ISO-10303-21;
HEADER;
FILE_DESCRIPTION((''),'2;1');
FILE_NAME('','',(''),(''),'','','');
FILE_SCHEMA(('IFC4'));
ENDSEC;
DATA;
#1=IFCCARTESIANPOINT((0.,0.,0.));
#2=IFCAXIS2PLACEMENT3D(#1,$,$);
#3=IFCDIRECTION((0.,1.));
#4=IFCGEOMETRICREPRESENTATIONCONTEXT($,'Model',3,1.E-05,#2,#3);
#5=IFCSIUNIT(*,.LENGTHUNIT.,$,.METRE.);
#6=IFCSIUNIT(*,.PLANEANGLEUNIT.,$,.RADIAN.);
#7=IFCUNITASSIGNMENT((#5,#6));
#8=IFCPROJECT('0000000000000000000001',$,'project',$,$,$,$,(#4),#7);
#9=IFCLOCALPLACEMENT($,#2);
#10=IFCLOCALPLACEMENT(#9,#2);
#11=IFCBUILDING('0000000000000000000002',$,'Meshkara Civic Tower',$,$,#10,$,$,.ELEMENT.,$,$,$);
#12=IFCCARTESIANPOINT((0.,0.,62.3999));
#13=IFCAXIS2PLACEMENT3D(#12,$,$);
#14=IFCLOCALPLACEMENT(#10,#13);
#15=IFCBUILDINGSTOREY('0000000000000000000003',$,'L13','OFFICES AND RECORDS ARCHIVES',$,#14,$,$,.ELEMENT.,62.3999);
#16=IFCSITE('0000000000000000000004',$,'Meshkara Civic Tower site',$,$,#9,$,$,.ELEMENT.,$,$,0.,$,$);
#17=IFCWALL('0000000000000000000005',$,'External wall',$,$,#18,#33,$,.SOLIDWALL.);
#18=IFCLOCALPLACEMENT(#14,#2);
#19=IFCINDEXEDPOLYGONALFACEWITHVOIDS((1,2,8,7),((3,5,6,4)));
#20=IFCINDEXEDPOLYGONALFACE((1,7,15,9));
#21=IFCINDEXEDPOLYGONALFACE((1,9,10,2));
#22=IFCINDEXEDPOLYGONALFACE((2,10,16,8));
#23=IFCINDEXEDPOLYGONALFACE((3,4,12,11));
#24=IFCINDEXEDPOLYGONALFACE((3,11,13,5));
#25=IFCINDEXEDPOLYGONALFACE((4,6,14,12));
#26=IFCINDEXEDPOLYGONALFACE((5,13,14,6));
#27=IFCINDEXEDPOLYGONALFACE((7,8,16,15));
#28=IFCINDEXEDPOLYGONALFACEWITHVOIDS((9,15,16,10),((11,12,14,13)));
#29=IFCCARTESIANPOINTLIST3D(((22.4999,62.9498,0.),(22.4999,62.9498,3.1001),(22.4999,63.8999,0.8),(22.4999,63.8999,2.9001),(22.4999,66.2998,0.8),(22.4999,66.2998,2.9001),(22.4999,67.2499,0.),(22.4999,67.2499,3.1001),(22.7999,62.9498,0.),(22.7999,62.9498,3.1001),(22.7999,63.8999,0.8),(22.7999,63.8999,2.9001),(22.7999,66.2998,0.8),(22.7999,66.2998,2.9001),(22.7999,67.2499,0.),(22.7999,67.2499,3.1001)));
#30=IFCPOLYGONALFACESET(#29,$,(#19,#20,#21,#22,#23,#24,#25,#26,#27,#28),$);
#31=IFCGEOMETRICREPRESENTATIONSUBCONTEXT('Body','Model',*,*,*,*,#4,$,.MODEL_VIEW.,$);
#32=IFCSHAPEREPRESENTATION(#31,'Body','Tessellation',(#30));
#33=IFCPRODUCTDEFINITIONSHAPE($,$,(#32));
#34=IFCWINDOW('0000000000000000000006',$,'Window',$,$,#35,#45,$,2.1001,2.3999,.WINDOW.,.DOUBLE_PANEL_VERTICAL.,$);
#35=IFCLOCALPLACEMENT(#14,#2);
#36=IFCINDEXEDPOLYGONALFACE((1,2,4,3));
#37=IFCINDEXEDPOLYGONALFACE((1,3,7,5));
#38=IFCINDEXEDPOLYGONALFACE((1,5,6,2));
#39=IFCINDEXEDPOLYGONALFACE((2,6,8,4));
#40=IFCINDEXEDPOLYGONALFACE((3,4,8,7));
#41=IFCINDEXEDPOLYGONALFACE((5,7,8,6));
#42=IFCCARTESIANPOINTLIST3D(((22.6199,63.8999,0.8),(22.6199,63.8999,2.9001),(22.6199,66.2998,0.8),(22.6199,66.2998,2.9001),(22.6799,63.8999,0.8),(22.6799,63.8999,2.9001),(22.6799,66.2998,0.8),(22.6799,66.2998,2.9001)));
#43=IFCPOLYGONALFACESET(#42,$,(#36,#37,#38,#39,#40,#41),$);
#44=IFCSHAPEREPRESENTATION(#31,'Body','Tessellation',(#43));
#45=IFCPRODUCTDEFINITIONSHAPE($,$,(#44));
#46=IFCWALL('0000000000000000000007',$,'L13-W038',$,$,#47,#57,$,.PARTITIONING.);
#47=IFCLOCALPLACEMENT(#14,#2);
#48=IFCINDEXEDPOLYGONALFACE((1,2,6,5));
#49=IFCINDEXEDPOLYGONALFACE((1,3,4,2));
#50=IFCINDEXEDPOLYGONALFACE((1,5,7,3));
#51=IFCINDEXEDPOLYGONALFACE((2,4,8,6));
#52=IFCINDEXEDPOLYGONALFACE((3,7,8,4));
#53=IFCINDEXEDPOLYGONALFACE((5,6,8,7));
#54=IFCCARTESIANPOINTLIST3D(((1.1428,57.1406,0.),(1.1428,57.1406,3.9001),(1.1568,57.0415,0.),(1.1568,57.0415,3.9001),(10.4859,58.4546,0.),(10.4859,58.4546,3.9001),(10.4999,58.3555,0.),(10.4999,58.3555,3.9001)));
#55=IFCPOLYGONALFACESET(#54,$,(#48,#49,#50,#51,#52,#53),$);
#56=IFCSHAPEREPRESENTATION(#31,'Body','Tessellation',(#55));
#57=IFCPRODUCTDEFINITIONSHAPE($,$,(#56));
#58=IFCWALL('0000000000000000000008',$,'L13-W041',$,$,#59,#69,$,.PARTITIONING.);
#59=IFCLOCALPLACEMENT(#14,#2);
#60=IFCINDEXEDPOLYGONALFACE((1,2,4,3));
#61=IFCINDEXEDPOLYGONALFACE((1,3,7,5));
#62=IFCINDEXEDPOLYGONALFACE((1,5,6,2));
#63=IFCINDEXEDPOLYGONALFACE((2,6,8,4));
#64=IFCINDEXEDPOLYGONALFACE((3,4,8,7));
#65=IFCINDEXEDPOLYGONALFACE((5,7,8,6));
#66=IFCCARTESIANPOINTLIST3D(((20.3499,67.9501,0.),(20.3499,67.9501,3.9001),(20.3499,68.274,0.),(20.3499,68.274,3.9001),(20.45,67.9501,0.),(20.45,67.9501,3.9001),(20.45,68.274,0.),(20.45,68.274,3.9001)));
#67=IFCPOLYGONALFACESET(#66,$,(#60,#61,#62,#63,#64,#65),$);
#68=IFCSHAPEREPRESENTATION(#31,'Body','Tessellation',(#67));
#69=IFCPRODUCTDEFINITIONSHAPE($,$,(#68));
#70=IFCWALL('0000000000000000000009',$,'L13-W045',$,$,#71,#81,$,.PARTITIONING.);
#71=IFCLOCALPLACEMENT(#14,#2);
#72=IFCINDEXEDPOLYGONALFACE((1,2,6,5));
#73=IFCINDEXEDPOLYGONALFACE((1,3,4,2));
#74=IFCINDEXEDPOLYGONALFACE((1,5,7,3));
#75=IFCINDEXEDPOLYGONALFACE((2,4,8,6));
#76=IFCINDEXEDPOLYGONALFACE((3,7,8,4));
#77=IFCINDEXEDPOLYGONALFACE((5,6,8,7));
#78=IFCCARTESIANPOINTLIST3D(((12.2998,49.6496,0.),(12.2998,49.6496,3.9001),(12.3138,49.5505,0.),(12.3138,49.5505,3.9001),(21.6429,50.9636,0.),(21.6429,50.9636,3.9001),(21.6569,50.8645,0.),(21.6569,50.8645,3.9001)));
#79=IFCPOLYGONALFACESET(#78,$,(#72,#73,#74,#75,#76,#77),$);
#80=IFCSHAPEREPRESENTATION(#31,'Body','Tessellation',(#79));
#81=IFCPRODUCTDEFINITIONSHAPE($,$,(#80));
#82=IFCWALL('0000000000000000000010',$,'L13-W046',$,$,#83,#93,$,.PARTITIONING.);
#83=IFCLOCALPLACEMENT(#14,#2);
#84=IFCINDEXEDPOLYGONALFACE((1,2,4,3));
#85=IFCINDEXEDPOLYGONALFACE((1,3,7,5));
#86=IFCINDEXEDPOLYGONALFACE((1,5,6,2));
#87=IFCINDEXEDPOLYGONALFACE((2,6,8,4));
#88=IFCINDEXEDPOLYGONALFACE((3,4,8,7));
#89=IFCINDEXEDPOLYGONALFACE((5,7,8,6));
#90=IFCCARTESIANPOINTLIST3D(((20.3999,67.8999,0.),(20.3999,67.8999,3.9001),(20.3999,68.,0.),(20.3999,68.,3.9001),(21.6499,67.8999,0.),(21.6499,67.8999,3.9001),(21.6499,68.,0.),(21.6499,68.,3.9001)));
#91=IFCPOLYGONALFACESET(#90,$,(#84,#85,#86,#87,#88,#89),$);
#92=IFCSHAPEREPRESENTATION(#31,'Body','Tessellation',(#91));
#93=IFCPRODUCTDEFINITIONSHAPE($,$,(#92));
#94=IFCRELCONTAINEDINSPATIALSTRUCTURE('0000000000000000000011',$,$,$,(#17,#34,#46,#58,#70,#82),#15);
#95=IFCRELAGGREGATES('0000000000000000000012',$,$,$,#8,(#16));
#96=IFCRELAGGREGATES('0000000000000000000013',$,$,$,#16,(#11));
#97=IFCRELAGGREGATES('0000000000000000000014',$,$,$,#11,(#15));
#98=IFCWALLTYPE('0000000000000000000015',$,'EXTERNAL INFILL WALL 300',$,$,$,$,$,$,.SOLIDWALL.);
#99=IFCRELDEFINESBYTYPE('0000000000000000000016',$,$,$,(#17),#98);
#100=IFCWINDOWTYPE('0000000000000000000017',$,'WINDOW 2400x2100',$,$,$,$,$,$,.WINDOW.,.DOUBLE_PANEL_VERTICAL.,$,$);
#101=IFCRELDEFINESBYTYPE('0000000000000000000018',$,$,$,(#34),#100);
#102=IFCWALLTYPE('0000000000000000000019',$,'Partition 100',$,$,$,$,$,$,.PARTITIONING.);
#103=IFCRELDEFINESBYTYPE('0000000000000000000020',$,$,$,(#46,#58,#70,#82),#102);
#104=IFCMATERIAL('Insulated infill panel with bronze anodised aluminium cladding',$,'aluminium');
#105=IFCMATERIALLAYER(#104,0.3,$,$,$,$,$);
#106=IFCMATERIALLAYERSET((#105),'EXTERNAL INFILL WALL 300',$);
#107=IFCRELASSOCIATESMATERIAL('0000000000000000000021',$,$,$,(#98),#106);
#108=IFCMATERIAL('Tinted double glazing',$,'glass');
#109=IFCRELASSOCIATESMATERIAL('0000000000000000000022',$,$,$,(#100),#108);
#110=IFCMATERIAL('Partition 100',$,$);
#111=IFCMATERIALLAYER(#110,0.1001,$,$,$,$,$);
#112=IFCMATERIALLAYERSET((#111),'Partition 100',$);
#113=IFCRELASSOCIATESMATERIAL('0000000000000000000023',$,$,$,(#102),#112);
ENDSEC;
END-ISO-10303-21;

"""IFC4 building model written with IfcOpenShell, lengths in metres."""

from ifc_helpers import new_model, si_unit, direction, frame, frame_2d, origin, place, context, subcontext, project, spatial, rectangle, extrude, material, layer, layer_set, type_object, element, fill, save


model = new_model("IFC4")

# Units and contexts
model_context = context("Model", 3, precision=1e-05, world=origin(), true_north=direction((0.0, 1.0)))
body_context = subcontext(model_context, "Body", "Model", "MODEL_VIEW")
ifc_project = project(units=[si_unit("LENGTHUNIT", "METRE"), si_unit("PLANEANGLEUNIT", "RADIAN")], contexts=[model_context])

# Site, building, storey
site_placement = place(None, origin())
site = spatial("IfcSite", under=ifc_project, at=site_placement, Name="Meshkara Civic Tower site", CompositionType="ELEMENT", RefElevation=0.0)
building_placement = place(site_placement, origin())
building = spatial("IfcBuilding", under=site, at=building_placement, Name="Meshkara Civic Tower", CompositionType="ELEMENT")
storey_placement = place(building_placement, frame((0.0, 0.0, 62.3999)))
storey = spatial("IfcBuildingStorey", under=building, at=storey_placement, Name="L13", Description="OFFICES AND RECORDS ARCHIVES", CompositionType="ELEMENT", Elevation=62.3999)

# Wall, opening, window
ifc_material_1 = material(Name="Insulated infill panel with bronze anodised aluminium cladding", Category="aluminium")
ifc_layer_1 = layer(ifc_material_1, 0.3)
ifc_layer_set_1 = layer_set([ifc_layer_1], Name="EXTERNAL INFILL WALL 300")
wall_type_1 = type_object("IfcWallType", Name="EXTERNAL INFILL WALL 300", PredefinedType="SOLIDWALL", material=ifc_layer_set_1)
ifc_material_2 = material(Name="Tinted double glazing", Category="glass")
window_type = type_object("IfcWindowType", Name="WINDOW 2400x2100", PartitioningType="DOUBLE_PANEL_VERTICAL", PredefinedType="WINDOW", material=ifc_material_2)
wall_1_placement = place(storey_placement, frame((22.6499, 62.95, 0.0), z_axis=(0.0, 0.0, 1.0), x_axis=(0.0, 1.0, 0.0)))
wall_1 = element("IfcWall", 1, at=wall_1_placement, inside=storey, type_object=wall_type_1, Name="External wall", PredefinedType="SOLIDWALL", context=body_context, shape_type="SweptSolid", body=[
    extrude(rectangle(XDim=4.3, YDim=0.3, at=frame_2d((2.1499, 0.0))), origin(), (0.0, 0.0, 1.0), 3.1001),
])
opening_1_placement = place(wall_1_placement, frame((0.95, 0.0, 0.8)))
opening_1 = element("IfcOpeningElement", 2, at=opening_1_placement, cuts=wall_1, PredefinedType="OPENING", context=body_context, shape_type="SweptSolid", body=[
    extrude(rectangle(XDim=2.3999, YDim=2.1001, at=frame_2d((1.2, 1.05))), frame((0.0, 0.1599, 0.0), z_axis=(0.0, -1.0, 0.0), x_axis=(1.0, 0.0, 0.0)), (0.0, 0.0, 1.0), 0.3201),
])
window_1_placement = place(opening_1_placement, origin())
window_1 = element("IfcWindow", 3, at=window_1_placement, inside=storey, type_object=window_type, Name="Window", OverallHeight=2.1001, OverallWidth=2.3999, PartitioningType="DOUBLE_PANEL_VERTICAL", PredefinedType="WINDOW", context=body_context, shape_type="SweptSolid", body=[
    extrude(rectangle(XDim=2.3999, YDim=2.1001, at=frame_2d((1.2, 1.05))), frame((0.0, 0.03, 0.0), z_axis=(0.0, -1.0, 0.0), x_axis=(1.0, 0.0, 0.0)), (0.0, 0.0, 1.0), 0.0601),
])
fill(opening_1, window_1)

# Walls
ifc_material_3 = material(Name="Partition 100")
ifc_layer_2 = layer(ifc_material_3, 0.1001)
ifc_layer_set_2 = layer_set([ifc_layer_2], Name="Partition 100")
wall_type_2 = type_object("IfcWallType", Name="Partition 100", PredefinedType="PARTITIONING", material=ifc_layer_set_2)
wall_2_placement = place(storey_placement, frame((10.4929, 58.405, 0.0), z_axis=(0.0, 0.0, 1.0), x_axis=(-0.990255, -0.139266, 0.0)))
element("IfcWall", 4, at=wall_2_placement, inside=storey, type_object=wall_type_2, Name="L13-W038", PredefinedType="PARTITIONING", context=body_context, shape_type="SweptSolid", body=[
    extrude(rectangle(XDim=9.4351, YDim=0.1001, at=frame_2d((4.7175, 0.0))), origin(), (0.0, 0.0, 1.0), 3.9001),
])
wall_3_placement = place(storey_placement, frame((20.3999, 67.95, 0.0), z_axis=(0.0, 0.0, 1.0), x_axis=(0.0, 1.0, 0.0)))
element("IfcWall", 5, at=wall_3_placement, inside=storey, type_object=wall_type_2, Name="L13-W041", PredefinedType="PARTITIONING", context=body_context, shape_type="SweptSolid", body=[
    extrude(rectangle(XDim=0.324, YDim=0.1001, at=frame_2d((0.1621, 0.0))), origin(), (0.0, 0.0, 1.0), 3.9001),
])
wall_4_placement = place(storey_placement, frame((21.6499, 50.9141, 0.0), z_axis=(0.0, 0.0, 1.0), x_axis=(-0.990255, -0.139266, 0.0)))
element("IfcWall", 6, at=wall_4_placement, inside=storey, type_object=wall_type_2, Name="L13-W045", PredefinedType="PARTITIONING", context=body_context, shape_type="SweptSolid", body=[
    extrude(rectangle(XDim=9.4351, YDim=0.1001, at=frame_2d((4.7175, 0.0))), origin(), (0.0, 0.0, 1.0), 3.9001),
])
wall_5_placement = place(storey_placement, frame((21.6499, 67.95, 0.0), z_axis=(0.0, 0.0, 1.0), x_axis=(-1.0, 0.0, 0.0)))
element("IfcWall", 7, at=wall_5_placement, inside=storey, type_object=wall_type_2, Name="L13-W046", PredefinedType="PARTITIONING", context=body_context, shape_type="SweptSolid", body=[
    extrude(rectangle(XDim=1.25, YDim=0.1001, at=frame_2d((0.625, 0.0))), origin(), (0.0, 0.0, 1.0), 3.9001),
])

save(model, "model.ifc")
